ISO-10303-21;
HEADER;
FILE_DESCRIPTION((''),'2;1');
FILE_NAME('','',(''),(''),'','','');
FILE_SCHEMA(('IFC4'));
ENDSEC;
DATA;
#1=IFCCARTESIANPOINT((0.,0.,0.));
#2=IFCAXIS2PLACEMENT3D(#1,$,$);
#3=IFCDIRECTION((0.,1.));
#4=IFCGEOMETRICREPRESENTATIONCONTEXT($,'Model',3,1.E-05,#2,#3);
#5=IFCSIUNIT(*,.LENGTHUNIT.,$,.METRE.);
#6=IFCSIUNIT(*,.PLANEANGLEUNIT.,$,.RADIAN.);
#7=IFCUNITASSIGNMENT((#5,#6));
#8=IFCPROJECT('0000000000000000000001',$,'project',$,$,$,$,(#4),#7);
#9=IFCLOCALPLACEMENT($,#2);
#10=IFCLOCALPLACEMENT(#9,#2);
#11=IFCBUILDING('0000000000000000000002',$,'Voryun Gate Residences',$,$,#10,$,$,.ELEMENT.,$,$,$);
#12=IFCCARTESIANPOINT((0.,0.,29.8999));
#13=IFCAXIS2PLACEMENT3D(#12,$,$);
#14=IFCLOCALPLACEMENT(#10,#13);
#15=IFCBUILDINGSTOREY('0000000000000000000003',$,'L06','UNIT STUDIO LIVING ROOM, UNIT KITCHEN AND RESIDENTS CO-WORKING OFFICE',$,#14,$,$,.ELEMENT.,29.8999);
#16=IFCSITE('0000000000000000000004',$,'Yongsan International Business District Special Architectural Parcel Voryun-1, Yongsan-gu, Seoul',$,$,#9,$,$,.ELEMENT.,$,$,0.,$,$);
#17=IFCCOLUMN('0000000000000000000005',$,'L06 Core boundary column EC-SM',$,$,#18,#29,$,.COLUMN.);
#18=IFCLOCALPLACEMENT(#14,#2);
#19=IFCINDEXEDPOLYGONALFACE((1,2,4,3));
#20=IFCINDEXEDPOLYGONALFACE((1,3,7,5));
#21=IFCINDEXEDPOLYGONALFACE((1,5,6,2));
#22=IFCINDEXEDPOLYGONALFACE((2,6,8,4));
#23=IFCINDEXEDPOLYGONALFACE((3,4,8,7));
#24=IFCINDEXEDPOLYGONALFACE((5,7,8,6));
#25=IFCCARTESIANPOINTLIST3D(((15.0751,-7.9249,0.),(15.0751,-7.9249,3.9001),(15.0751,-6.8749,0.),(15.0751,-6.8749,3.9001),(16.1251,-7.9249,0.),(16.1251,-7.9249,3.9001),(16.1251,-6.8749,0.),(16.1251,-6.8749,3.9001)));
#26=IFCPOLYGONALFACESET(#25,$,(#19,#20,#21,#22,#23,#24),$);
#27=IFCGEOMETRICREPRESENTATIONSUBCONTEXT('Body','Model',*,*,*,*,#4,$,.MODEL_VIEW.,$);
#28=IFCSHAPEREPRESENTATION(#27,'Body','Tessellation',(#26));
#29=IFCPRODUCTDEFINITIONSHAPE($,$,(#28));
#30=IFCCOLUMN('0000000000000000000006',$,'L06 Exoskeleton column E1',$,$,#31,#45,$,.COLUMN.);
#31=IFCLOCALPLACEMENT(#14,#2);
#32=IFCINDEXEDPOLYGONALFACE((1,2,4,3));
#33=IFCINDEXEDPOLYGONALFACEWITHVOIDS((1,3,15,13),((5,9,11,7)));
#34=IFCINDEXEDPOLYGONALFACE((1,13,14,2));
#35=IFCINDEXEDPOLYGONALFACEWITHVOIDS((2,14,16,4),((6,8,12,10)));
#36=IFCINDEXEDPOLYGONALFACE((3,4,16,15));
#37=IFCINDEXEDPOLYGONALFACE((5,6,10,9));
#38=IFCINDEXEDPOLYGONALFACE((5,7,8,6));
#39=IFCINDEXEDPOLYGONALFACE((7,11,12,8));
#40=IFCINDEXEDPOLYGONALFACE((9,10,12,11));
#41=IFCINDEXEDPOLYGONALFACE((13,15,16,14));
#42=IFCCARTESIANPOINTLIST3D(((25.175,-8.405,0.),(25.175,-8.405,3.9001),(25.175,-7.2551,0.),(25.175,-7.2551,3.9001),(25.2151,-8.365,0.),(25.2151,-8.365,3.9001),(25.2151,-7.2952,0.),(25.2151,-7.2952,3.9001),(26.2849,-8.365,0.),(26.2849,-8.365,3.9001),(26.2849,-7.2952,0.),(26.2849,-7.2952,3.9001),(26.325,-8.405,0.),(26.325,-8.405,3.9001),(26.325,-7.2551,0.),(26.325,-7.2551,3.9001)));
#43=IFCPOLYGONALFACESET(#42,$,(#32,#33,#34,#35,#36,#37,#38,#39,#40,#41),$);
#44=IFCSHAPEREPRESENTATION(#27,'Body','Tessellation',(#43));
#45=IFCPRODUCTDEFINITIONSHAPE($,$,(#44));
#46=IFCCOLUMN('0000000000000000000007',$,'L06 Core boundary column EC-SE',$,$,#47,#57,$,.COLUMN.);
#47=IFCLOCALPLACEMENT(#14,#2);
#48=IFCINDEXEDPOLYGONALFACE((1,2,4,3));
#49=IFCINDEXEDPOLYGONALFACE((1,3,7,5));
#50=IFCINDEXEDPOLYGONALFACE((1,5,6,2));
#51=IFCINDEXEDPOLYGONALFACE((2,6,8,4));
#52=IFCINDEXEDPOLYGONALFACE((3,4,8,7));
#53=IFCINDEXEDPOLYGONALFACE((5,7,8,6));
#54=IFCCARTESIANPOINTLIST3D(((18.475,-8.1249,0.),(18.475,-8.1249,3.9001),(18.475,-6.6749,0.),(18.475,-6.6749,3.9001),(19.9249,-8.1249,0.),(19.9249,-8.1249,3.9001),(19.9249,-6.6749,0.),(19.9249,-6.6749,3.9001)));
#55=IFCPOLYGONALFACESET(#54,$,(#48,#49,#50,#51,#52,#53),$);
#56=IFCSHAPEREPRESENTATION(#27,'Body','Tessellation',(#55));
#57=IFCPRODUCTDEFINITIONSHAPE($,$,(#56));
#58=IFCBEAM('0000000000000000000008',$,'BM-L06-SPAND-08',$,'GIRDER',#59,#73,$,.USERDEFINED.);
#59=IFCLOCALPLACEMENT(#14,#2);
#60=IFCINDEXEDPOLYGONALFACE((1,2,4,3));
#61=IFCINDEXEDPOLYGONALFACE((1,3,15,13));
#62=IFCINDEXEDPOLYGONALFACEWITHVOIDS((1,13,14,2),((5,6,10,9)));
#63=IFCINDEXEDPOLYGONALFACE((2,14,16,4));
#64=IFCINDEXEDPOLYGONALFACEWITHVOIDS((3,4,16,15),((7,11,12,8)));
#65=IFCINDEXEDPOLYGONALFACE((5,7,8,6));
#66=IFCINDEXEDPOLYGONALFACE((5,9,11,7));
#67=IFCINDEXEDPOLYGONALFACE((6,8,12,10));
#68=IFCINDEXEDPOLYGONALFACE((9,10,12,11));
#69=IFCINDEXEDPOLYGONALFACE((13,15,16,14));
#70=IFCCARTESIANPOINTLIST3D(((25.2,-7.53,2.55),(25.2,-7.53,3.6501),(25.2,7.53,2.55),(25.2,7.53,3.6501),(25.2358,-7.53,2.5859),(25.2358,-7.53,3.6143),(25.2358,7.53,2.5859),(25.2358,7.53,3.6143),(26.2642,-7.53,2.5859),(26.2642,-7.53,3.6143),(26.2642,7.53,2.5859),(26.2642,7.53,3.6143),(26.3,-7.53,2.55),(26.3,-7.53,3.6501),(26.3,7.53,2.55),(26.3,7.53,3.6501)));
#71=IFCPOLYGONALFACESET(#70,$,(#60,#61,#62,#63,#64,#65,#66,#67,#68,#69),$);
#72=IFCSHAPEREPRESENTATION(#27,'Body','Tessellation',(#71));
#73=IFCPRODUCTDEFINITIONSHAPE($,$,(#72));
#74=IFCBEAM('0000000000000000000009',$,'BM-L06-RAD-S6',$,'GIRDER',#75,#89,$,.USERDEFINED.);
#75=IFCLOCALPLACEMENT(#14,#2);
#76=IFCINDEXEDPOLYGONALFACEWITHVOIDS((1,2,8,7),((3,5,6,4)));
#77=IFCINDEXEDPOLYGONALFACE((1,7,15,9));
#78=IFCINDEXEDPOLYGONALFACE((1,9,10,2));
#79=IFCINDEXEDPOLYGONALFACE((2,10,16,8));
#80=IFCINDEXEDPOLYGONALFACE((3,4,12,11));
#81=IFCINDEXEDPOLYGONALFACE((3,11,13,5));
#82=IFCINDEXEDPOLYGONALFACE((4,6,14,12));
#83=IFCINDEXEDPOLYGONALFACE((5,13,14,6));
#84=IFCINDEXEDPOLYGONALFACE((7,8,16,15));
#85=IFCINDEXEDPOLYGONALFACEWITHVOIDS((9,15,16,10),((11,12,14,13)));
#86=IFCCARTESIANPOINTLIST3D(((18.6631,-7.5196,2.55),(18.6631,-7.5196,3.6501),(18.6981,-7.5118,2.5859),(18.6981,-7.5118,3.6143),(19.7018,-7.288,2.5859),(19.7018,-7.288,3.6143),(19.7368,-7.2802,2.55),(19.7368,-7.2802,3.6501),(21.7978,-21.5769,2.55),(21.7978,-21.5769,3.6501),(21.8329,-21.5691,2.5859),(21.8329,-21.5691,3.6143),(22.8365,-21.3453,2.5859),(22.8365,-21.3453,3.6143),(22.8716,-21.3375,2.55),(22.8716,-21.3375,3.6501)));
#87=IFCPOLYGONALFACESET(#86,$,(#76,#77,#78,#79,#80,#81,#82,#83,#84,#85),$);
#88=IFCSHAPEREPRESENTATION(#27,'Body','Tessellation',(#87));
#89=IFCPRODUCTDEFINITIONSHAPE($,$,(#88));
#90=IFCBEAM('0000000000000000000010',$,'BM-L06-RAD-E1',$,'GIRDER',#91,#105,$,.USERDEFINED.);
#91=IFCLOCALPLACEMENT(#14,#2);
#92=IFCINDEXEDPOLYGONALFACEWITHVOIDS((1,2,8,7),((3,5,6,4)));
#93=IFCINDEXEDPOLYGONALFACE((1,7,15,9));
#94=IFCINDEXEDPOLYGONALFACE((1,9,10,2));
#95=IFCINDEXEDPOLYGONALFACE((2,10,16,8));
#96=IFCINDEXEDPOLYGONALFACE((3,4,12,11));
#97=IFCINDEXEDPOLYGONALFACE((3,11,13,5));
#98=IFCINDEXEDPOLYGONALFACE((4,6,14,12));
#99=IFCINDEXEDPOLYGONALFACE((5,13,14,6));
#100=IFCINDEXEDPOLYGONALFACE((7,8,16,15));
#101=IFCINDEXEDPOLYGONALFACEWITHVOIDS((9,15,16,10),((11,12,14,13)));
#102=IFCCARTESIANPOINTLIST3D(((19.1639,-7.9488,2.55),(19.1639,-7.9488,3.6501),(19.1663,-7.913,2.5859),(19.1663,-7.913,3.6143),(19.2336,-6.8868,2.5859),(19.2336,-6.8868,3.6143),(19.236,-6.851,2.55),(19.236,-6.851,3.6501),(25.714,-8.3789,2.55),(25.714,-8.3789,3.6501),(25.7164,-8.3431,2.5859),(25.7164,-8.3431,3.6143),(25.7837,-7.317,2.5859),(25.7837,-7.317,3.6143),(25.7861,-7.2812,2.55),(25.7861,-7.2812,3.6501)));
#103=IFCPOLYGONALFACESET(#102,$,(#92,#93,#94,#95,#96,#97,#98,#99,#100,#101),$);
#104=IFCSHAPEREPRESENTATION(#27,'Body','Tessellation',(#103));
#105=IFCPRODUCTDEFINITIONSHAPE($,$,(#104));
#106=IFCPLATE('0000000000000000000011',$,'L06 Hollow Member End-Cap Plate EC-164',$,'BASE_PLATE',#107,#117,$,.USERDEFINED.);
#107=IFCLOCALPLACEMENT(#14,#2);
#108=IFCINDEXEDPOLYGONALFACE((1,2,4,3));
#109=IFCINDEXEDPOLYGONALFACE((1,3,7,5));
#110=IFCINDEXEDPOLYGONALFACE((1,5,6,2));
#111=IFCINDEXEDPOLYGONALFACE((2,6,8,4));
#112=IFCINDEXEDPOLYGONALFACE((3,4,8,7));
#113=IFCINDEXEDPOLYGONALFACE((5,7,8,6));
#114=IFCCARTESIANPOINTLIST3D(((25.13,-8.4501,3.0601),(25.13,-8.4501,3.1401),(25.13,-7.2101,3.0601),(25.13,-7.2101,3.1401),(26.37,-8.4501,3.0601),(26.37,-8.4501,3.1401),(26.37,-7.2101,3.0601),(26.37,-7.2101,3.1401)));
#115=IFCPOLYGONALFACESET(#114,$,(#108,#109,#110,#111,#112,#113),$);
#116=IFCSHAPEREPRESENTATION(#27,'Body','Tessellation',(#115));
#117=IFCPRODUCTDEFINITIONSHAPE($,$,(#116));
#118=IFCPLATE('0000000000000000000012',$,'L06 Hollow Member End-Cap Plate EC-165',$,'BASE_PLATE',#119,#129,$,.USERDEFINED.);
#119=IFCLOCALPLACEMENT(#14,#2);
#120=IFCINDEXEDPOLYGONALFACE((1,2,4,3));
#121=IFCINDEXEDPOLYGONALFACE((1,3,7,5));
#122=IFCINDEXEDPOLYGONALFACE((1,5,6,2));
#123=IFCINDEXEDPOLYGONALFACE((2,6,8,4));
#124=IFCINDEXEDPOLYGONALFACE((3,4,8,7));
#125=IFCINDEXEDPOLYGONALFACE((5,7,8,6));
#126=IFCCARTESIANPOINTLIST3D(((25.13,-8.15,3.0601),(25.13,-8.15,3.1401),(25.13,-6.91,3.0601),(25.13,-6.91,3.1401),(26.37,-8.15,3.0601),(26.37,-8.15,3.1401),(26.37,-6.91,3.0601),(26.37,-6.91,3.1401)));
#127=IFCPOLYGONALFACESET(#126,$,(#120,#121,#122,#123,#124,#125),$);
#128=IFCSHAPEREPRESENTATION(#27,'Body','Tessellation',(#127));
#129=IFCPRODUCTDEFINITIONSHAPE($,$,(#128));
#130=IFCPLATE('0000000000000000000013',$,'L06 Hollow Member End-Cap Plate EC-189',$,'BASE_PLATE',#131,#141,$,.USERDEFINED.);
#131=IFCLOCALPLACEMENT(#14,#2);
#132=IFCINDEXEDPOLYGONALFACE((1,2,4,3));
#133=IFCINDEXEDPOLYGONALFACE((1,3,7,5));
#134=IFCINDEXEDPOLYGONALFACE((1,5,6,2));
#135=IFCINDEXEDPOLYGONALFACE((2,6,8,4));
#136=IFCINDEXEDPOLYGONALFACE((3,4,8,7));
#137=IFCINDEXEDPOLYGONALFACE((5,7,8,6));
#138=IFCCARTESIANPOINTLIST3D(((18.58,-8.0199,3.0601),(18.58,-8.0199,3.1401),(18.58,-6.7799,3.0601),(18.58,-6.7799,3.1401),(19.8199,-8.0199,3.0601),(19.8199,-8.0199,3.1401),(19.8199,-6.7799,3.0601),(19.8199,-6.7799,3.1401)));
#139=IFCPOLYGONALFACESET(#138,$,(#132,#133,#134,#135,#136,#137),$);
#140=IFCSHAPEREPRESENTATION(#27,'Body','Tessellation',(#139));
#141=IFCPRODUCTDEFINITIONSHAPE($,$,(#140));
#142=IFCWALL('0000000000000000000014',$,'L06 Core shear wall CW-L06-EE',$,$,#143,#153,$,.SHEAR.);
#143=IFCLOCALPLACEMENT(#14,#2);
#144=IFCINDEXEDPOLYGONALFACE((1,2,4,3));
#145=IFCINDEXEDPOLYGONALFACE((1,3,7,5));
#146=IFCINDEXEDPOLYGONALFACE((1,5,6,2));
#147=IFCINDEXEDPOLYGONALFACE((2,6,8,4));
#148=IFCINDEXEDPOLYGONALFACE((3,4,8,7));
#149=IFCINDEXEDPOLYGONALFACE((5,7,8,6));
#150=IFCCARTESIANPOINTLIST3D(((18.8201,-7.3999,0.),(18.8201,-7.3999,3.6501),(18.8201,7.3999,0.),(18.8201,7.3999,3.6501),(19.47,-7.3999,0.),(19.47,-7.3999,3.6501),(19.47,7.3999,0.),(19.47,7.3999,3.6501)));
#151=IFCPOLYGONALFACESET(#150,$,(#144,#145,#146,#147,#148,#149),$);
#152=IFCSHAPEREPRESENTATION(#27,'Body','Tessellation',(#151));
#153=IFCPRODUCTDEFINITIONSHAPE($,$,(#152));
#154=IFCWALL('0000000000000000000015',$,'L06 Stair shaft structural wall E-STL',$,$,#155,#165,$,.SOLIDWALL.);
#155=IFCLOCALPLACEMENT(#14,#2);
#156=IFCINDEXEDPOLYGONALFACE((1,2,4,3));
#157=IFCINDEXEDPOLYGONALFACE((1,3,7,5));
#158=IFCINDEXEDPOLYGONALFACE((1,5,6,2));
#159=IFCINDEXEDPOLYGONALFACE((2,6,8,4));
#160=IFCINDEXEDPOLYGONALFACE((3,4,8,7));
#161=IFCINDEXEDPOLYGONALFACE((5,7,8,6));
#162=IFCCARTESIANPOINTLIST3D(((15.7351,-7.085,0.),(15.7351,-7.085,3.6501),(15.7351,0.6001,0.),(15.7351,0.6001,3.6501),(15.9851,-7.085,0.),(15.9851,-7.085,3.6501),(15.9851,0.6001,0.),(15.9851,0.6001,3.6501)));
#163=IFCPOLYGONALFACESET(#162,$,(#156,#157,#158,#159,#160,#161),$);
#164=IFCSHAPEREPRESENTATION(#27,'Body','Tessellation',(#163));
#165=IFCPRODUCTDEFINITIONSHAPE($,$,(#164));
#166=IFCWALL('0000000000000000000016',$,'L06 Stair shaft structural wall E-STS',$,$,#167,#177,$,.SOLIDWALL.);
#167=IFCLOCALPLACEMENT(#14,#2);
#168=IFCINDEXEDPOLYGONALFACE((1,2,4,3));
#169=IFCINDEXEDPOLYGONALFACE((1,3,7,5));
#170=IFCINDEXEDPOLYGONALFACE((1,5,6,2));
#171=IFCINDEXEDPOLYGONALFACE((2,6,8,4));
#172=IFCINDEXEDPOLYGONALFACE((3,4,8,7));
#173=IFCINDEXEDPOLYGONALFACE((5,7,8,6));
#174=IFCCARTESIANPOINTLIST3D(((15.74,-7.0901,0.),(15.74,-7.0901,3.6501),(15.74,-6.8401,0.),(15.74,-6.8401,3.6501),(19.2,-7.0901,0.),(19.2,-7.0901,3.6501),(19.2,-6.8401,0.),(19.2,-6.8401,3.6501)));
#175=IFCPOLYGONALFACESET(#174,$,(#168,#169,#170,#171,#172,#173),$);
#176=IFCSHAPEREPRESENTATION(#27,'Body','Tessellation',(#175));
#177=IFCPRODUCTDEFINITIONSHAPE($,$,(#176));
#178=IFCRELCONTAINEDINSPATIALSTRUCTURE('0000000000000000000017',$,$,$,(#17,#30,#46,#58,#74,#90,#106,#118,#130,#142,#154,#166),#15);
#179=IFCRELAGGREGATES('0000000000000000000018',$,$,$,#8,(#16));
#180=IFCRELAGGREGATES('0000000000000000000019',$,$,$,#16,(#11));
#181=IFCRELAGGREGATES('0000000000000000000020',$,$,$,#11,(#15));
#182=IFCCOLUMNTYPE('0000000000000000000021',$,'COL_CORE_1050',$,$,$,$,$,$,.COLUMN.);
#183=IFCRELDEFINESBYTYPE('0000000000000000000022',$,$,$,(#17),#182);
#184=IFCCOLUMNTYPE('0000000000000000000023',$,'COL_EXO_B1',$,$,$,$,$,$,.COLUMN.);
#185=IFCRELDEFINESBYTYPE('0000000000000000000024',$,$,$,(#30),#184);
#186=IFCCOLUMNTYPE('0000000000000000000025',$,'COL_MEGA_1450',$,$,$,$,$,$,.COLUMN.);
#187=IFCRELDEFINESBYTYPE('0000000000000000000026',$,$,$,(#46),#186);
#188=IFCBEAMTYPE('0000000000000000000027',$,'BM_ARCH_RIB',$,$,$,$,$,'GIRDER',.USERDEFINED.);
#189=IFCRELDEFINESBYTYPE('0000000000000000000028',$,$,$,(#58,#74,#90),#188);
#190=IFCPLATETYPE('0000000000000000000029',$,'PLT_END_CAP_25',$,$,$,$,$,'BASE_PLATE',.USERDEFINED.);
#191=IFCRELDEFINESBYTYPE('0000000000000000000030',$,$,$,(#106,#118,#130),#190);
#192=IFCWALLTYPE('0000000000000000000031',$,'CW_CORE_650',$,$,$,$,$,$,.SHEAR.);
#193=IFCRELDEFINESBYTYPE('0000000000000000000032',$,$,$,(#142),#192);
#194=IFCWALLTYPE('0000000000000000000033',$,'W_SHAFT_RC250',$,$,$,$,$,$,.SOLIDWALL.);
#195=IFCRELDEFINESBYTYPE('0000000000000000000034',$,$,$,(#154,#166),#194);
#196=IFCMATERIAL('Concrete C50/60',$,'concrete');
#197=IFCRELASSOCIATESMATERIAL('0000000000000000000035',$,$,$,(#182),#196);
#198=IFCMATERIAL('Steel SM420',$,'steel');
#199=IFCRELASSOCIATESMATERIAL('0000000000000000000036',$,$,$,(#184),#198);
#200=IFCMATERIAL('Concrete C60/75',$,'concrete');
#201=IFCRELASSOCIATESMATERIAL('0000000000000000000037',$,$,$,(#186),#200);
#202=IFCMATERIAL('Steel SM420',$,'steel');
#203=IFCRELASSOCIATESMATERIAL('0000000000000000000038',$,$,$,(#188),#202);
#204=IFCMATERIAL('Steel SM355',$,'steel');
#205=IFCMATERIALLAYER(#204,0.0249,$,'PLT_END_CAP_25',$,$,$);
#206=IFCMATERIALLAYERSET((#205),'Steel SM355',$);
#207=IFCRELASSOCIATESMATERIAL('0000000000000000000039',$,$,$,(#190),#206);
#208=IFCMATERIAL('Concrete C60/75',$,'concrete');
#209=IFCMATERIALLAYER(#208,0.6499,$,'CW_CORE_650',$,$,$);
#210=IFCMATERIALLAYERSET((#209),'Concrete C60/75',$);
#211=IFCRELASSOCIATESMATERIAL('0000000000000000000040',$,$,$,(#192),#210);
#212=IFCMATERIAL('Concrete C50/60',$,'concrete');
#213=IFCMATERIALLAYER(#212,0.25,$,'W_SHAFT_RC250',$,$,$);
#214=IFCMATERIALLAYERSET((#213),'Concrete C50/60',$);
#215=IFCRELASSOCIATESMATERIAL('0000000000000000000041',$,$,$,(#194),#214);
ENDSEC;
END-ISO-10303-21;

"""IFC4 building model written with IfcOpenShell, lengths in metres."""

from ifc_helpers import new_model, si_unit, direction, frame, frame_2d, origin, origin_2d, place, context, subcontext, project, spatial, rectangle, hollow_rectangle, extrude, material, layer, layer_set, material_profile, profile_set, type_object, element, save


model = new_model("IFC4")

# Units and contexts
model_context = context("Model", 3, precision=1e-05, world=origin(), true_north=direction((0.0, 1.0)))
body_context = subcontext(model_context, "Body", "Model", "MODEL_VIEW")
ifc_project = project(units=[si_unit("LENGTHUNIT", "METRE"), si_unit("PLANEANGLEUNIT", "RADIAN")], contexts=[model_context])

# Site, building, storey
site_placement = place(None, origin())
site = spatial("IfcSite", under=ifc_project, at=site_placement, Name="Yongsan International Business District Special Architectural Parcel Voryun-1, Yongsan-gu, Seoul", CompositionType="ELEMENT", RefElevation=0.0)
building_placement = place(site_placement, origin())
building = spatial("IfcBuilding", under=site, at=building_placement, Name="Voryun Gate Residences", CompositionType="ELEMENT")
storey_placement = place(building_placement, frame((0.0, 0.0, 29.8999)))
storey = spatial("IfcBuildingStorey", under=building, at=storey_placement, Name="L06", Description="UNIT STUDIO LIVING ROOM, UNIT KITCHEN AND RESIDENTS CO-WORKING OFFICE", CompositionType="ELEMENT", Elevation=29.8999)

# Columns
ifc_material_1 = material(Name="Concrete C50/60", Category="concrete")
ifc_material_profile_1 = material_profile(ifc_material_1, rectangle(XDim=1.05, YDim=1.05, at=origin_2d()), Name="RC-1050x1050")
ifc_profile_set_1 = profile_set([ifc_material_profile_1], Name="Concrete C50/60")
column_type_1 = type_object("IfcColumnType", Name="COL_CORE_1050", PredefinedType="COLUMN", material=ifc_profile_set_1)
column_1_placement = place(storey_placement, frame((15.6001, -7.3999, 0.0), z_axis=(0.0, 0.0, 1.0), x_axis=(1.0, 0.0, 0.0)))
element("IfcColumn", 1, at=column_1_placement, inside=storey, type_object=column_type_1, Name="L06 Core boundary column EC-SM", PredefinedType="COLUMN", context=body_context, shape_type="SweptSolid", body=[
    extrude(rectangle(XDim=1.05, YDim=1.05, at=origin_2d()), origin(), (0.0, 0.0, 1.0), 3.9001),
])
ifc_material_2 = material(Name="Steel SM420", Category="steel")
ifc_material_profile_2 = material_profile(ifc_material_2, hollow_rectangle(XDim=1.1499, YDim=1.1499, WallThickness=0.04, at=origin_2d()), Name="BOX-1150x1150x40")
ifc_profile_set_2 = profile_set([ifc_material_profile_2], Name="Steel SM420")
column_type_2 = type_object("IfcColumnType", Name="COL_EXO_B1", PredefinedType="COLUMN", material=ifc_profile_set_2)
column_2_placement = place(storey_placement, frame((25.75, -7.8301, 0.0), z_axis=(0.0, 0.0, 1.0), x_axis=(1.0, 0.0, 0.0)))
element("IfcColumn", 2, at=column_2_placement, inside=storey, type_object=column_type_2, Name="L06 Exoskeleton column E1", PredefinedType="COLUMN", context=body_context, shape_type="SweptSolid", body=[
    extrude(hollow_rectangle(XDim=1.1499, YDim=1.1499, WallThickness=0.04, at=origin_2d()), origin(), (0.0, 0.0, 1.0), 3.9001),
])
ifc_material_3 = material(Name="Concrete C60/75", Category="concrete")
ifc_material_profile_3 = material_profile(ifc_material_3, rectangle(XDim=1.45, YDim=1.45, at=origin_2d()), Name="RC-1450x1450")
ifc_profile_set_3 = profile_set([ifc_material_profile_3], Name="Concrete C60/75")
column_type_3 = type_object("IfcColumnType", Name="COL_MEGA_1450", PredefinedType="COLUMN", material=ifc_profile_set_3)
column_3_placement = place(storey_placement, frame((19.2, -7.3999, 0.0), z_axis=(0.0, 0.0, 1.0), x_axis=(1.0, 0.0, 0.0)))
element("IfcColumn", 3, at=column_3_placement, inside=storey, type_object=column_type_3, Name="L06 Core boundary column EC-SE", PredefinedType="COLUMN", context=body_context, shape_type="SweptSolid", body=[
    extrude(rectangle(XDim=1.45, YDim=1.45, at=origin_2d()), origin(), (0.0, 0.0, 1.0), 3.9001),
])

# Beams
ifc_material_4 = material(Name="Steel SM420", Category="steel")
ifc_material_profile_4 = material_profile(ifc_material_4, hollow_rectangle(XDim=1.1001, YDim=1.1001, WallThickness=0.0359, at=origin_2d()), Name="BOX-1100x1100x36")
ifc_profile_set_4 = profile_set([ifc_material_profile_4], Name="Steel SM420")
beam_type = type_object("IfcBeamType", Name="BM_ARCH_RIB", ElementType="GIRDER", PredefinedType="USERDEFINED", material=ifc_profile_set_4)
beam_1_placement = place(storey_placement, frame((25.75, -7.53, 3.1001), z_axis=(0.0, 1.0, 0.0), x_axis=(-1.0, 0.0, 0.0)))
element("IfcBeam", 4, at=beam_1_placement, inside=storey, type_object=beam_type, Name="BM-L06-SPAND-08", ObjectType="GIRDER", PredefinedType="USERDEFINED", context=body_context, shape_type="SweptSolid", body=[
    extrude(hollow_rectangle(XDim=1.1001, YDim=1.1001, WallThickness=0.0359, at=origin_2d()), origin(), (0.0, 0.0, 1.0), 15.0601),
])
beam_2_placement = place(storey_placement, frame((19.2, -7.3999, 3.1001), z_axis=(0.217652, -0.976026, 0.0), x_axis=(0.976026, 0.217652, 0.0)))
element("IfcBeam", 5, at=beam_2_placement, inside=storey, type_object=beam_type, Name="BM-L06-RAD-S6", ObjectType="GIRDER", PredefinedType="USERDEFINED", context=body_context, shape_type="SweptSolid", body=[
    extrude(hollow_rectangle(XDim=1.1001, YDim=1.1001, WallThickness=0.0359, at=origin_2d()), origin(), (0.0, 0.0, 1.0), 14.4026),
])
beam_3_placement = place(storey_placement, frame((19.2, -7.3999, 3.1001), z_axis=(0.99785, -0.065534, 0.0), x_axis=(0.065534, 0.99785, 0.0)))
element("IfcBeam", 6, at=beam_3_placement, inside=storey, type_object=beam_type, Name="BM-L06-RAD-E1", ObjectType="GIRDER", PredefinedType="USERDEFINED", context=body_context, shape_type="SweptSolid", body=[
    extrude(hollow_rectangle(XDim=1.1001, YDim=1.1001, WallThickness=0.0359, at=origin_2d()), origin(), (0.0, 0.0, 1.0), 6.5642),
])

# Plates
ifc_material_5 = material(Name="Steel SM355", Category="steel")
ifc_layer_1 = layer(ifc_material_5, 0.0249, Name="PLT_END_CAP_25")
ifc_layer_set_1 = layer_set([ifc_layer_1], Name="Steel SM355")
plate_type = type_object("IfcPlateType", Name="PLT_END_CAP_25", ElementType="BASE_PLATE", PredefinedType="USERDEFINED", material=ifc_layer_set_1)
for number, where, z_axis, x_axis, name in (
    (7, (25.75, -7.8301, 3.0601), (0.0, 0.0, 1.0), (1.0, 0.0, 0.0), "L06 Hollow Member End-Cap Plate EC-164"),
    (8, (25.75, -7.53, 3.0601), (0.0, 0.0, 1.0), (1.0, 0.0, 0.0), "L06 Hollow Member End-Cap Plate EC-165"),
    (9, (19.2, -7.3999, 3.0601), (0.0, 0.0, 1.0), (1.0, 0.0, 0.0), "L06 Hollow Member End-Cap Plate EC-189"),
):
    element("IfcPlate", number, at=place(storey_placement, frame(where, z_axis=z_axis, x_axis=x_axis)), inside=storey, type_object=plate_type, Name=name, ObjectType="BASE_PLATE", PredefinedType="USERDEFINED", context=body_context, shape_type="SweptSolid", body=[
        extrude(rectangle(XDim=1.24, YDim=1.24, at=origin_2d()), origin(), (0.0, 0.0, 1.0), 0.0801),
    ])

# Walls
ifc_material_6 = material(Name="Concrete C60/75", Category="concrete")
ifc_layer_2 = layer(ifc_material_6, 0.6499, Name="CW_CORE_650")
ifc_layer_set_2 = layer_set([ifc_layer_2], Name="Concrete C60/75")
wall_type_1 = type_object("IfcWallType", Name="CW_CORE_650", PredefinedType="SHEAR", material=ifc_layer_set_2)
wall_1_placement = place(storey_placement, frame((19.145, -7.3999, 0.0), z_axis=(0.0, 0.0, 1.0), x_axis=(0.0, 1.0, 0.0)))
element("IfcWall", 10, at=wall_1_placement, inside=storey, type_object=wall_type_1, Name="L06 Core shear wall CW-L06-EE", PredefinedType="SHEAR", context=body_context, shape_type="SweptSolid", body=[
    extrude(rectangle(XDim=14.7998, YDim=0.6499, at=frame_2d((7.3999, 0.0))), origin(), (0.0, 0.0, 1.0), 3.6501),
])
ifc_material_7 = material(Name="Concrete C50/60", Category="concrete")
ifc_layer_3 = layer(ifc_material_7, 0.25, Name="W_SHAFT_RC250")
ifc_layer_set_3 = layer_set([ifc_layer_3], Name="Concrete C50/60")
wall_type_2 = type_object("IfcWallType", Name="W_SHAFT_RC250", PredefinedType="SOLIDWALL", material=ifc_layer_set_3)
wall_2_placement = place(storey_placement, frame((15.8601, -7.085, 0.0), z_axis=(0.0, 0.0, 1.0), x_axis=(0.0, 1.0, 0.0)))
element("IfcWall", 11, at=wall_2_placement, inside=storey, type_object=wall_type_2, Name="L06 Stair shaft structural wall E-STL", PredefinedType="SOLIDWALL", context=body_context, shape_type="SweptSolid", body=[
    extrude(rectangle(XDim=7.6851, YDim=0.25, at=frame_2d((3.8425, 0.0))), origin(), (0.0, 0.0, 1.0), 3.6501),
])
wall_3_placement = place(storey_placement, frame((15.74, -6.9651, 0.0), z_axis=(0.0, 0.0, 1.0), x_axis=(1.0, 0.0, 0.0)))
element("IfcWall", 12, at=wall_3_placement, inside=storey, type_object=wall_type_2, Name="L06 Stair shaft structural wall E-STS", PredefinedType="SOLIDWALL", context=body_context, shape_type="SweptSolid", body=[
    extrude(rectangle(XDim=3.46, YDim=0.25, at=frame_2d((1.73, 0.0))), origin(), (0.0, 0.0, 1.0), 3.6501),
])

save(model, "model.ifc")
